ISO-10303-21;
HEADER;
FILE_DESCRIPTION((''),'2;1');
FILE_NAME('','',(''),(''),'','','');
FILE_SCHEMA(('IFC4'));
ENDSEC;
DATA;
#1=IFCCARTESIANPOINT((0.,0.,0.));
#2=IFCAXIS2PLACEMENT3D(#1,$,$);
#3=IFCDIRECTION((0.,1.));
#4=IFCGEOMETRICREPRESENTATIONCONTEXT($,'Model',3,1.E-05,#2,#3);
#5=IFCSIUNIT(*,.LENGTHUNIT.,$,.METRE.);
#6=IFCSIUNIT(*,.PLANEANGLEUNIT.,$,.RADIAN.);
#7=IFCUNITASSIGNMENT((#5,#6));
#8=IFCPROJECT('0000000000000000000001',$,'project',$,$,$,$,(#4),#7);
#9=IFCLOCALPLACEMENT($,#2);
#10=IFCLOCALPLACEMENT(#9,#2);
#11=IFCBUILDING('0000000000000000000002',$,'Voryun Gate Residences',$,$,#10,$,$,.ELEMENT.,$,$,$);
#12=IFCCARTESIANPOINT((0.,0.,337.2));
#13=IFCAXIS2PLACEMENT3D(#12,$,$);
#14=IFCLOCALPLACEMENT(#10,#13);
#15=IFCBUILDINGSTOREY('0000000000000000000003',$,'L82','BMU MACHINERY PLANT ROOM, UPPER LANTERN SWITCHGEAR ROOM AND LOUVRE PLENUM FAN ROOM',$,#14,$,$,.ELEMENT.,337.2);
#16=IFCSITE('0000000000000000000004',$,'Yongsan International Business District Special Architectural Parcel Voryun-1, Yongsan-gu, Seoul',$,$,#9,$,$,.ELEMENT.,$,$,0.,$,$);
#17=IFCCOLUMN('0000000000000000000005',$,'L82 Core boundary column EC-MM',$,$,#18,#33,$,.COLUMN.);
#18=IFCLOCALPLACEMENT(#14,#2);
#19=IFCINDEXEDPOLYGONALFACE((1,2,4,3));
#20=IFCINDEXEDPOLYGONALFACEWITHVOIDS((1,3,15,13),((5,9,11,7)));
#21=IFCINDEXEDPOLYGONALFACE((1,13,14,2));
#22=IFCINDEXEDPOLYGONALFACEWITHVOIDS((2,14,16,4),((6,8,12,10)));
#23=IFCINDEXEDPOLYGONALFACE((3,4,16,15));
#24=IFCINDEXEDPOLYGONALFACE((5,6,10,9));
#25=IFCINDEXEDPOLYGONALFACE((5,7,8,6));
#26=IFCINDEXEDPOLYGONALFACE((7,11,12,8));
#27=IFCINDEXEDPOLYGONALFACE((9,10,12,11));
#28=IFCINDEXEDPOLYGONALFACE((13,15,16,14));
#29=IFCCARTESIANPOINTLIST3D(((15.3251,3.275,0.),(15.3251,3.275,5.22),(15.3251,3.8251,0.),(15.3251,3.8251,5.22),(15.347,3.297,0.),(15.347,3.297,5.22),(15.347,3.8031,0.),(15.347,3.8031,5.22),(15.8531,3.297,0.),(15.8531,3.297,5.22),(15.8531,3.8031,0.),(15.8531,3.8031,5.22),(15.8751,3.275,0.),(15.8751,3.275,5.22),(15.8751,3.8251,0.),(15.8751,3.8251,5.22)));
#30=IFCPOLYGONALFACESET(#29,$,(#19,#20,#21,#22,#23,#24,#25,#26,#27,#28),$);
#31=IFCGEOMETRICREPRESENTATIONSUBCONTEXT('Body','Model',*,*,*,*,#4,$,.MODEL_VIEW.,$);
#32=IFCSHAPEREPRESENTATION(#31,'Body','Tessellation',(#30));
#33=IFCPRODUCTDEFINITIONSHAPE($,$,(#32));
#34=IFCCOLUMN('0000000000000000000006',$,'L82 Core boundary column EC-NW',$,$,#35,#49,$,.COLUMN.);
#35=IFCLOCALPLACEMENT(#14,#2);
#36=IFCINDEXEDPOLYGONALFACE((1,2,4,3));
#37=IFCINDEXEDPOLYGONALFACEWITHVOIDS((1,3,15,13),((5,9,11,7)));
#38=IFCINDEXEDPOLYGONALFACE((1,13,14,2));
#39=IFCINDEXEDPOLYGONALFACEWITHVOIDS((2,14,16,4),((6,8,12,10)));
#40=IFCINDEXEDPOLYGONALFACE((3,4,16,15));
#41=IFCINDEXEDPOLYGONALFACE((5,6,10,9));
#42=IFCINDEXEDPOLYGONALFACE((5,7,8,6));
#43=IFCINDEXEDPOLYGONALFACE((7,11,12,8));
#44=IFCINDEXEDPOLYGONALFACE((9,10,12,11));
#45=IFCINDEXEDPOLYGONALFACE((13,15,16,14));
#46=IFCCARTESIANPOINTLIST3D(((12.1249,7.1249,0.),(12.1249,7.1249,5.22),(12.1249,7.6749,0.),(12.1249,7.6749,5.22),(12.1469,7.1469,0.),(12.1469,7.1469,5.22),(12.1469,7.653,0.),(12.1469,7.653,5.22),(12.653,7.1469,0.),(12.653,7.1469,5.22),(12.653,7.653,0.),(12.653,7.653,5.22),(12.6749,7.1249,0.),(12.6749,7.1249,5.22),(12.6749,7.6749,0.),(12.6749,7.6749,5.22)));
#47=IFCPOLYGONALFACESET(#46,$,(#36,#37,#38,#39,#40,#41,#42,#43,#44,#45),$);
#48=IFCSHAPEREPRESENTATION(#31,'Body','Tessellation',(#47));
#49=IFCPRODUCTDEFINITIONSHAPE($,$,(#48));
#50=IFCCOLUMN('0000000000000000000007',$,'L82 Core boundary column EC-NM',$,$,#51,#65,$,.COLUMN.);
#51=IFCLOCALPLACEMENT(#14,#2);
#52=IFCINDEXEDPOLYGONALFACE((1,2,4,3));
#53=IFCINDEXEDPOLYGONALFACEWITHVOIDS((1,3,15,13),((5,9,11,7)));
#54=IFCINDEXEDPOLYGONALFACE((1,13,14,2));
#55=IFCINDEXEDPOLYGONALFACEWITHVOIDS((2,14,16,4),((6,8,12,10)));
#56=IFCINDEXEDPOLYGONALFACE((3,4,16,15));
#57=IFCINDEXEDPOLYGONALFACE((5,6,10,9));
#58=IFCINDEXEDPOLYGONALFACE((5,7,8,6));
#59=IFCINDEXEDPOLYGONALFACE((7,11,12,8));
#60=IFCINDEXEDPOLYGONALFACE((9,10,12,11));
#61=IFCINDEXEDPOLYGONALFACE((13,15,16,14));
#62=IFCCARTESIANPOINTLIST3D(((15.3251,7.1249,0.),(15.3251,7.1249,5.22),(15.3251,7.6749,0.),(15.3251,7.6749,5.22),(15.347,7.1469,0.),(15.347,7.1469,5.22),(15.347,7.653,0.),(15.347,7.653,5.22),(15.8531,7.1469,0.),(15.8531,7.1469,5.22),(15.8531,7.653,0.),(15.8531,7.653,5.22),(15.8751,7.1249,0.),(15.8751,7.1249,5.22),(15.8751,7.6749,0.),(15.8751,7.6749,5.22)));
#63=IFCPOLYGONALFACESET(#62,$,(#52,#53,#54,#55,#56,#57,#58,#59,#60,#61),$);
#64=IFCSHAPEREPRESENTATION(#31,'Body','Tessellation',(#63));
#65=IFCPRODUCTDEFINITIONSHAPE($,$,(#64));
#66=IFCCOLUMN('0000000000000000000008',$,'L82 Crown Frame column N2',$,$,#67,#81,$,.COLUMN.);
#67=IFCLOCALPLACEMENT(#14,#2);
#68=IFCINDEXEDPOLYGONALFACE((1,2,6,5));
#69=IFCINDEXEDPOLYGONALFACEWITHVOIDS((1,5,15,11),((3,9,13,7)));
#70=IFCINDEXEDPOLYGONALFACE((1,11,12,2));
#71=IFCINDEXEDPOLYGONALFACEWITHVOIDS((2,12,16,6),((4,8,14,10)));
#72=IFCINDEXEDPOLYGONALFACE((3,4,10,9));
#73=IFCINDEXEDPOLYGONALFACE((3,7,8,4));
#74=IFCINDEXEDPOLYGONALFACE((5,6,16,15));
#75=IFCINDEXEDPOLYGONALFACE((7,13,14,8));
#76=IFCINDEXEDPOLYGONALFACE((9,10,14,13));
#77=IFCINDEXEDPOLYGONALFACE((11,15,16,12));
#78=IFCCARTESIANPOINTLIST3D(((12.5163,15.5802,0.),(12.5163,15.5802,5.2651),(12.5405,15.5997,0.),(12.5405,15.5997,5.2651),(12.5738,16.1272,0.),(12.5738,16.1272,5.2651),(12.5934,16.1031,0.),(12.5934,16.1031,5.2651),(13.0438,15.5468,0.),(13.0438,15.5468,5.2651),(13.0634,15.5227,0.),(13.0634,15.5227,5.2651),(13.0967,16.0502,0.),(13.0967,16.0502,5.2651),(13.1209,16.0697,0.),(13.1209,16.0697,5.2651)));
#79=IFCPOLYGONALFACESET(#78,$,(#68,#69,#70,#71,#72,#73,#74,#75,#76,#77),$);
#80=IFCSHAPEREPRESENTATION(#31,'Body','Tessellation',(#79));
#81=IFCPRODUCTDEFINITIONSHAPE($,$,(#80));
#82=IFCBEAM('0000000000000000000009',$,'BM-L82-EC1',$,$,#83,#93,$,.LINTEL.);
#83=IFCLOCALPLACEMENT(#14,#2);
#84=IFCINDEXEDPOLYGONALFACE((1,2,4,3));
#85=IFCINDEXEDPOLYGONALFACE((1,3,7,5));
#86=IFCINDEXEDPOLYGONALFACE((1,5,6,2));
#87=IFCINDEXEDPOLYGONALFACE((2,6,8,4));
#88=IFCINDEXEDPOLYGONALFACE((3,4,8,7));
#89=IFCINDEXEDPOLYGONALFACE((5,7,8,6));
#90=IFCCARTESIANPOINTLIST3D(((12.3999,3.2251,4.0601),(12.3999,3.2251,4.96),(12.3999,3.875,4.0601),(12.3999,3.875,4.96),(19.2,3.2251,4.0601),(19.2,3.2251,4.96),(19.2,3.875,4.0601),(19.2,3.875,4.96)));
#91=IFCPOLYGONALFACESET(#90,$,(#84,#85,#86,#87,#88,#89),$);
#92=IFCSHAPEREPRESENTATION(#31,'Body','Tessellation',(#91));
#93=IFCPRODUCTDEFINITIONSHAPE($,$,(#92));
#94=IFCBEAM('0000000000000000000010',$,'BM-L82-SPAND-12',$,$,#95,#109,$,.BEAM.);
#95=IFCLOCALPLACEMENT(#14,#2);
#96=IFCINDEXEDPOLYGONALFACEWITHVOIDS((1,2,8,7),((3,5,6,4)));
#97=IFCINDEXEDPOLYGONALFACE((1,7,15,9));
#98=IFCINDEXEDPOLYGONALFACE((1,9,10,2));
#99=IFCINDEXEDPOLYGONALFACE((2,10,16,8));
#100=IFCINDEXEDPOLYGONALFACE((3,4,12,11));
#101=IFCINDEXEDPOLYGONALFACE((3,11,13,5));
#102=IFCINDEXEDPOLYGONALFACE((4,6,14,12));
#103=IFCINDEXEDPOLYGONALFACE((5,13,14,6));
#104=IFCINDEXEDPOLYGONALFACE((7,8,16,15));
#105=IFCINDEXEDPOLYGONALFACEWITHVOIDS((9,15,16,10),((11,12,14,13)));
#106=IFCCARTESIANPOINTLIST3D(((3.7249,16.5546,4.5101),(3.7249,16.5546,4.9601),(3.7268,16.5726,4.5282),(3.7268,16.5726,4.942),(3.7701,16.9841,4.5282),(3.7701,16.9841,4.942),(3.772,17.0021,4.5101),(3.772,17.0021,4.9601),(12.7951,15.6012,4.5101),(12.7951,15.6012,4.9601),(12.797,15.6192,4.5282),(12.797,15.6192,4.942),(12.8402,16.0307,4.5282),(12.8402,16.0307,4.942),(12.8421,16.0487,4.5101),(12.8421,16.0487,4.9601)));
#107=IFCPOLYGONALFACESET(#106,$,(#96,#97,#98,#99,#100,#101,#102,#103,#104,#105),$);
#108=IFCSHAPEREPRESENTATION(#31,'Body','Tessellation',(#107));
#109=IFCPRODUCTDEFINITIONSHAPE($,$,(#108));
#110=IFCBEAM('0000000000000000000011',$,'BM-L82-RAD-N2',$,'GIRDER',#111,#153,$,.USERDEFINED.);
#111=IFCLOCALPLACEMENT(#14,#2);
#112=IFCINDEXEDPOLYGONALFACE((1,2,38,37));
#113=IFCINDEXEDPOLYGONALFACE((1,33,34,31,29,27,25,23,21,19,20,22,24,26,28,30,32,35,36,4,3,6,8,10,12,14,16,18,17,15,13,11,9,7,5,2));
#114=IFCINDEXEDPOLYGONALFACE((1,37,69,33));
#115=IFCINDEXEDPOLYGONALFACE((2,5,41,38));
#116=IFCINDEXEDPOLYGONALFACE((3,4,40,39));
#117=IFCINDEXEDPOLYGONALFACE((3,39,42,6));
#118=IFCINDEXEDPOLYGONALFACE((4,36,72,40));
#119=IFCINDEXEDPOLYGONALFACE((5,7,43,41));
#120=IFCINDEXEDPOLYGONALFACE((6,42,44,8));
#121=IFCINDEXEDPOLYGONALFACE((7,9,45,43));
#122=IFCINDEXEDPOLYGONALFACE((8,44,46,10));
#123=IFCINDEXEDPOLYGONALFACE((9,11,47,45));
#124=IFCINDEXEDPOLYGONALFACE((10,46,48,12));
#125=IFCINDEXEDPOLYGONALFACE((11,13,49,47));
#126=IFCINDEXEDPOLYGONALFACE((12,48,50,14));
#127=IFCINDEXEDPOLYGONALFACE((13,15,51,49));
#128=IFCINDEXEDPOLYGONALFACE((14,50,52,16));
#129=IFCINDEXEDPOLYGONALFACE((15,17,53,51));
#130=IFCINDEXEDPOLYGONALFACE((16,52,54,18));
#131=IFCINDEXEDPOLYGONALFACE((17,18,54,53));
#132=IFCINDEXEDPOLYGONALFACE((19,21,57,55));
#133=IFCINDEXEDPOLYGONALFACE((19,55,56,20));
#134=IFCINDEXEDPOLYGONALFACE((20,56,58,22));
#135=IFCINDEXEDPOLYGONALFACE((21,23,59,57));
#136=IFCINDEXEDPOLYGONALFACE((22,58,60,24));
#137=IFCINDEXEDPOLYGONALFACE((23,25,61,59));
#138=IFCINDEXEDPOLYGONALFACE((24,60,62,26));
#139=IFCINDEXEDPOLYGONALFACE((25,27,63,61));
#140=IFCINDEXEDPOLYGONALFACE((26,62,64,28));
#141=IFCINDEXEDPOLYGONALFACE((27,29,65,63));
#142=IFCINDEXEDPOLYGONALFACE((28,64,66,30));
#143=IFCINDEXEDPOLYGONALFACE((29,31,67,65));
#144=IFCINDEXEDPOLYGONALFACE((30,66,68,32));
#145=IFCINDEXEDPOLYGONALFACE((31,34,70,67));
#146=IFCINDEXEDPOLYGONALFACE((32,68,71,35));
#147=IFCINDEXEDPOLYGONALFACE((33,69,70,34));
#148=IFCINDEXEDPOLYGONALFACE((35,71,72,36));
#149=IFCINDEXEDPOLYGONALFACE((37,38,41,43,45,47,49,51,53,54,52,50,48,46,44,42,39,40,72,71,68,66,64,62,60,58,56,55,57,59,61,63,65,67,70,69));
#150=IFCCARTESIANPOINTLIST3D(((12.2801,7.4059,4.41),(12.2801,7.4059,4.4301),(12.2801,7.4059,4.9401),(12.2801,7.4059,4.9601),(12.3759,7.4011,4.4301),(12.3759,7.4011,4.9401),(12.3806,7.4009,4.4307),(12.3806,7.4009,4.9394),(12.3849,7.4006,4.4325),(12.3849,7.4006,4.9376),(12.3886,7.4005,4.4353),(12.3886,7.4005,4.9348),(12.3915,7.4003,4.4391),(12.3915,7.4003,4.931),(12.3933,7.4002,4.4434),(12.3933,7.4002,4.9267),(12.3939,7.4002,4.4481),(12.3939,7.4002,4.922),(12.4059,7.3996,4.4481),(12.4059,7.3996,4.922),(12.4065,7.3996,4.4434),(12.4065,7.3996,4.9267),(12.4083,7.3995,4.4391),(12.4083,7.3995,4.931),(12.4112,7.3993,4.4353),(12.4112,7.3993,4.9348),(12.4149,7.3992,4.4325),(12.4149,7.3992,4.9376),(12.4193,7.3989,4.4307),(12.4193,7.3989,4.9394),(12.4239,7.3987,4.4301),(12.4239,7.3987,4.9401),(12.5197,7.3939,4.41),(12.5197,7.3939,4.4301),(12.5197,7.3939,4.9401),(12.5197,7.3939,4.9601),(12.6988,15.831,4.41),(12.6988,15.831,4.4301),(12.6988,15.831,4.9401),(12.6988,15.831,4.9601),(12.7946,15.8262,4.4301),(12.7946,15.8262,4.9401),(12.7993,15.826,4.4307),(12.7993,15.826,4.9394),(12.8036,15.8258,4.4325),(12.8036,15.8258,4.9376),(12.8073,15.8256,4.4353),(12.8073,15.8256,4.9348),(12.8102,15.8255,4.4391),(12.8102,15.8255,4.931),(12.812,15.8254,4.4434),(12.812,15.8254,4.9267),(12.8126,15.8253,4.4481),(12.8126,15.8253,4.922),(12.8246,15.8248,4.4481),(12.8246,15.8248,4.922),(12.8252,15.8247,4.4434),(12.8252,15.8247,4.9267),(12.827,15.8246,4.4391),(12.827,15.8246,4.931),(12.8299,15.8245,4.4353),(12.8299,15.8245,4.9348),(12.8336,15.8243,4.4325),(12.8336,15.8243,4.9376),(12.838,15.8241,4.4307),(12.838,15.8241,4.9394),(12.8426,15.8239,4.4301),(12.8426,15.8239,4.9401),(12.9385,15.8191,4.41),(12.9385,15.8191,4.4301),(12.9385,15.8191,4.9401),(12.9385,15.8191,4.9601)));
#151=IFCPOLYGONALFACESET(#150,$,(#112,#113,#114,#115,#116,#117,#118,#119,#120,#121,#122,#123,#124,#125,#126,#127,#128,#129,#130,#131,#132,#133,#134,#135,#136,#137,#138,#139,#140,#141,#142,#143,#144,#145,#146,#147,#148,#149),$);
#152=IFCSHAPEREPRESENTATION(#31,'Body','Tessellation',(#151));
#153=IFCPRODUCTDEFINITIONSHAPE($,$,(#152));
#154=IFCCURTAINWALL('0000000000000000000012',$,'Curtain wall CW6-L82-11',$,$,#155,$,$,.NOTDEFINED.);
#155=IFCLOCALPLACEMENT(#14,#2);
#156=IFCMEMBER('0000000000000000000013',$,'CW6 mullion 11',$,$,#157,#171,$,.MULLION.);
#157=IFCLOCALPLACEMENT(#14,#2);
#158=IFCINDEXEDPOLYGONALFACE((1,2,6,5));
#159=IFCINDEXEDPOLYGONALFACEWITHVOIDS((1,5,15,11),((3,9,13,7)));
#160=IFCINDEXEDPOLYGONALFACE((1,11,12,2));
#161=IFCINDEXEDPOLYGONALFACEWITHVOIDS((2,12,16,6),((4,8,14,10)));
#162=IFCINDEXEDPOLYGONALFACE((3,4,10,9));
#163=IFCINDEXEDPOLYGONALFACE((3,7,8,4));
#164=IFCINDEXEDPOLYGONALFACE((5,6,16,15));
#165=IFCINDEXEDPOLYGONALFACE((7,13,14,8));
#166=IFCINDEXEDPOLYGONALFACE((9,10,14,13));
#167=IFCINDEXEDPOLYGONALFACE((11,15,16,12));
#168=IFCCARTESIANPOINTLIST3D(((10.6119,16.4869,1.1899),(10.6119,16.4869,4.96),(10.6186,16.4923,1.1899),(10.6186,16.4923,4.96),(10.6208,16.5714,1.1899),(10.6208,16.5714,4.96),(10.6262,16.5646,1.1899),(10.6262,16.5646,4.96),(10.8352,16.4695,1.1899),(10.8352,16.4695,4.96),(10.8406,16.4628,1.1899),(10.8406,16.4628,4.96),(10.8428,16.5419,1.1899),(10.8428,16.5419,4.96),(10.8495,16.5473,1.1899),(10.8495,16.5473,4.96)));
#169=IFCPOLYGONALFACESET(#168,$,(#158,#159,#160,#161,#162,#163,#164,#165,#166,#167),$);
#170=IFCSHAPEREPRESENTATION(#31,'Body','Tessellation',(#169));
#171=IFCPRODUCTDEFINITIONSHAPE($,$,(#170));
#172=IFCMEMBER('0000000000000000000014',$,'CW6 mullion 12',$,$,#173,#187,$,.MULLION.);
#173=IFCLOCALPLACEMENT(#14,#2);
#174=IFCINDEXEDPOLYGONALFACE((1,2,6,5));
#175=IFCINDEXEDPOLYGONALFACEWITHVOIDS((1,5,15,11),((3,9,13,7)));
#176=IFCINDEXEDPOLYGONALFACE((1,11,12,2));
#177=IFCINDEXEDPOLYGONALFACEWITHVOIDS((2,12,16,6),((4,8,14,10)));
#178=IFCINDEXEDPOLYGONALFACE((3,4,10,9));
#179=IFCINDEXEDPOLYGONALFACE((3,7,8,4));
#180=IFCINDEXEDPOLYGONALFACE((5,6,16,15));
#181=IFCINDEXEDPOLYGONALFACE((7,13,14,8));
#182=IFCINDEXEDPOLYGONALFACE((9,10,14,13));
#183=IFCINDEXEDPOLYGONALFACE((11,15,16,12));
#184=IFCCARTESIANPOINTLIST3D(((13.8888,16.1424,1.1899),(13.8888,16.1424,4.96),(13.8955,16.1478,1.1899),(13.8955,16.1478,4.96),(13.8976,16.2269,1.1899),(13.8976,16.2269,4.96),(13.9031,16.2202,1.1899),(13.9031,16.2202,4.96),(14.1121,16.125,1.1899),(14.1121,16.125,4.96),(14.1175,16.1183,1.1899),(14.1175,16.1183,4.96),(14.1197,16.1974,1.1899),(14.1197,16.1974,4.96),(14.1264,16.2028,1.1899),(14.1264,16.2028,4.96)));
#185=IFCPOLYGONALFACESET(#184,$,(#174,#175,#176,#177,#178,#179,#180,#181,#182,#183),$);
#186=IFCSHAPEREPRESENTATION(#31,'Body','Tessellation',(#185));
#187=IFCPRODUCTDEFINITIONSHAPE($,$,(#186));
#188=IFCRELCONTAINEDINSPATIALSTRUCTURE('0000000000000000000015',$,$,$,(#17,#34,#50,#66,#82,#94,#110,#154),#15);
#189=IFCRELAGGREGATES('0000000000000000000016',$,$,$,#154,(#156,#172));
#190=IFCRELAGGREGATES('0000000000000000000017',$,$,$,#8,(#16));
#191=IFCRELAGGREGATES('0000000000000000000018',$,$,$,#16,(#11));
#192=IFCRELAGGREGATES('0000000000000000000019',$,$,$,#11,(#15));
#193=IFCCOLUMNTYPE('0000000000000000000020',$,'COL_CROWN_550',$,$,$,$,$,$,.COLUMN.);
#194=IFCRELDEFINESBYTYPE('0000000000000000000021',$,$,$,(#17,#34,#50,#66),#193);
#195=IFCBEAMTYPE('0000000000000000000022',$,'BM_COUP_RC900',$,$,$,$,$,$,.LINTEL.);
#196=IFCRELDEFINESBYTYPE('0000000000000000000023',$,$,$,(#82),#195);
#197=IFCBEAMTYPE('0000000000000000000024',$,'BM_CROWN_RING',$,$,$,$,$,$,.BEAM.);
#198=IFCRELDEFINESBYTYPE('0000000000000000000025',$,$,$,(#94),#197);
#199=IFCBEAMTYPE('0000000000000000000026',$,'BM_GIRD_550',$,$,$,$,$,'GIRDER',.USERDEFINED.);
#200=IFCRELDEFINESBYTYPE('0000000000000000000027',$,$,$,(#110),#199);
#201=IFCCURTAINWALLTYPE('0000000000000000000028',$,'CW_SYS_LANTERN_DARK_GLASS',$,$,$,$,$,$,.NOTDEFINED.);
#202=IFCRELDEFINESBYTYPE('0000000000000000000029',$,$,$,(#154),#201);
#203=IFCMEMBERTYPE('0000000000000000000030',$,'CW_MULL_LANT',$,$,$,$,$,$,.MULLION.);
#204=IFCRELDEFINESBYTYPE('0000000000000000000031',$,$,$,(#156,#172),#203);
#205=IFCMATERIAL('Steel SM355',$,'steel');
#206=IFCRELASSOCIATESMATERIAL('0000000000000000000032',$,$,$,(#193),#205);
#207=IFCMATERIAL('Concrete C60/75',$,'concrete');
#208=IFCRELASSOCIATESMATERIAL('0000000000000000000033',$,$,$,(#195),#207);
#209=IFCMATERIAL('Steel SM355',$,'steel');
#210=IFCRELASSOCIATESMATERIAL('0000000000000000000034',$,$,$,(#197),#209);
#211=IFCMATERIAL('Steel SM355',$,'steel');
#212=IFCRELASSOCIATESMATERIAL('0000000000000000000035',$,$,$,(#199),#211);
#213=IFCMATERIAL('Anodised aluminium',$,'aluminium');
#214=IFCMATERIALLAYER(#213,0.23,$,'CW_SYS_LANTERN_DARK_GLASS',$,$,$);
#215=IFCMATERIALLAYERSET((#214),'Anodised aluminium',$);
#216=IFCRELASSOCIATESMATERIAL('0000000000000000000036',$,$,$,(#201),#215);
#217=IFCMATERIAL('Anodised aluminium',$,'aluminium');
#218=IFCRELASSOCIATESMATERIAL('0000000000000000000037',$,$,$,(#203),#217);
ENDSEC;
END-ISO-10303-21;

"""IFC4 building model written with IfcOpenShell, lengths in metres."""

from ifc_helpers import new_model, si_unit, direction, frame, origin, origin_2d, place, context, subcontext, project, spatial, rectangle, hollow_rectangle, i_section, extrude, material, layer, layer_set, material_profile, profile_set, type_object, element, aggregate, save


model = new_model("IFC4")

# Units and contexts
model_context = context("Model", 3, precision=1e-05, world=origin(), true_north=direction((0.0, 1.0)))
body_context = subcontext(model_context, "Body", "Model", "MODEL_VIEW")
ifc_project = project(units=[si_unit("LENGTHUNIT", "METRE"), si_unit("PLANEANGLEUNIT", "RADIAN")], contexts=[model_context])

# Site, building, storey
site_placement = place(None, origin())
site = spatial("IfcSite", under=ifc_project, at=site_placement, Name="Yongsan International Business District Special Architectural Parcel Voryun-1, Yongsan-gu, Seoul", CompositionType="ELEMENT", RefElevation=0.0)
building_placement = place(site_placement, origin())
building = spatial("IfcBuilding", under=site, at=building_placement, Name="Voryun Gate Residences", CompositionType="ELEMENT")
storey_placement = place(building_placement, frame((0.0, 0.0, 337.2)))
storey = spatial("IfcBuildingStorey", under=building, at=storey_placement, Name="L82", Description="BMU MACHINERY PLANT ROOM, UPPER LANTERN SWITCHGEAR ROOM AND LOUVRE PLENUM FAN ROOM", CompositionType="ELEMENT", Elevation=337.2)

# Columns
ifc_material_1 = material(Name="Steel SM355", Category="steel")
ifc_material_profile_1 = material_profile(ifc_material_1, hollow_rectangle(XDim=0.55, YDim=0.55, WallThickness=0.022, at=origin_2d()), Name="BOX-550x550x22")
ifc_profile_set_1 = profile_set([ifc_material_profile_1], Name="Steel SM355")
column_type = type_object("IfcColumnType", Name="COL_CROWN_550", PredefinedType="COLUMN", material=ifc_profile_set_1)
for number, where, z_axis, x_axis, name in (
    (1, (15.6001, 3.55, 0.0), (0.0, 0.0, 1.0), (1.0, 0.0, 0.0), "L82 Core boundary column EC-MM"),
    (2, (12.3999, 7.3999, 0.0), (0.0, 0.0, 1.0), (1.0, 0.0, 0.0), "L82 Core boundary column EC-NW"),
    (3, (15.6001, 7.3999, 0.0), (0.0, 0.0, 1.0), (1.0, 0.0, 0.0), "L82 Core boundary column EC-NM"),
):
    element("IfcColumn", number, at=place(storey_placement, frame(where, z_axis=z_axis, x_axis=x_axis)), inside=storey, type_object=column_type, Name=name, PredefinedType="COLUMN", context=body_context, shape_type="SweptSolid", body=[
        extrude(hollow_rectangle(XDim=0.55, YDim=0.55, WallThickness=0.022, at=origin_2d()), origin(), (0.0, 0.0, 1.0), 5.22),
    ])
column_placement = place(storey_placement, frame((12.8186, 15.825, 0.0), z_axis=(0.0, 0.0, 1.0), x_axis=(0.994522, -0.104528, 0.0)))
element("IfcColumn", 4, at=column_placement, inside=storey, type_object=column_type, Name="L82 Crown Frame column N2", PredefinedType="COLUMN", context=body_context, shape_type="SweptSolid", body=[
    extrude(hollow_rectangle(XDim=0.55, YDim=0.55, WallThickness=0.022, at=origin_2d()), origin(), (0.0, 0.0, 1.0), 5.2651),
])

# Beams
ifc_material_2 = material(Name="Concrete C60/75", Category="concrete")
ifc_material_profile_2 = material_profile(ifc_material_2, rectangle(XDim=0.6499, YDim=0.8999, at=origin_2d()), Name="RC-650x900")
ifc_profile_set_2 = profile_set([ifc_material_profile_2], Name="Concrete C60/75")
beam_type_1 = type_object("IfcBeamType", Name="BM_COUP_RC900", PredefinedType="LINTEL", material=ifc_profile_set_2)
beam_1_placement = place(storey_placement, frame((12.3999, 3.55, 4.51), z_axis=(1.0, 0.0, 0.0), x_axis=(0.0, 1.0, 0.0)))
element("IfcBeam", 5, at=beam_1_placement, inside=storey, type_object=beam_type_1, Name="BM-L82-EC1", PredefinedType="LINTEL", context=body_context, shape_type="SweptSolid", body=[
    extrude(rectangle(XDim=0.6499, YDim=0.8999, at=origin_2d()), origin(), (0.0, 0.0, 1.0), 6.8),
])
ifc_material_3 = material(Name="Steel SM355", Category="steel")
ifc_material_profile_3 = material_profile(ifc_material_3, hollow_rectangle(XDim=0.45, YDim=0.45, WallThickness=0.0181, at=origin_2d()), Name="BOX-450x450x18")
ifc_profile_set_3 = profile_set([ifc_material_profile_3], Name="Steel SM355")
beam_type_2 = type_object("IfcBeamType", Name="BM_CROWN_RING", PredefinedType="BEAM", material=ifc_profile_set_3)
beam_2_placement = place(storey_placement, frame((12.8186, 15.825, 4.7351), z_axis=(-0.994521, 0.104536, 0.0), x_axis=(-0.104536, -0.994521, 0.0)))
element("IfcBeam", 6, at=beam_2_placement, inside=storey, type_object=beam_type_2, Name="BM-L82-SPAND-12", PredefinedType="BEAM", context=body_context, shape_type="SweptSolid", body=[
    extrude(hollow_rectangle(XDim=0.45, YDim=0.45, WallThickness=0.0181, at=origin_2d()), origin(), (0.0, 0.0, 1.0), 9.1201),
])
ifc_material_4 = material(Name="Steel SM355", Category="steel")
ifc_material_profile_4 = material_profile(ifc_material_4, i_section(OverallWidth=0.24, OverallDepth=0.55, WebThickness=0.012, FlangeThickness=0.02, FilletRadius=0.0181, at=origin_2d()), Name="H-550x240x12x20")
ifc_profile_set_4 = profile_set([ifc_material_profile_4], Name="Steel SM355")
beam_type_3 = type_object("IfcBeamType", Name="BM_GIRD_550", ElementType="GIRDER", PredefinedType="USERDEFINED", material=ifc_profile_set_4)
beam_3_placement = place(storey_placement, frame((12.3999, 7.3999, 4.6851), z_axis=(0.049636, 0.998767, 0.0), x_axis=(-0.998767, 0.049636, 0.0)))
element("IfcBeam", 7, at=beam_3_placement, inside=storey, type_object=beam_type_3, Name="BM-L82-RAD-N2", ObjectType="GIRDER", PredefinedType="USERDEFINED", context=body_context, shape_type="SweptSolid", body=[
    extrude(i_section(OverallWidth=0.24, OverallDepth=0.55, WebThickness=0.012, FlangeThickness=0.02, FilletRadius=0.0181, at=origin_2d()), origin(), (0.0, 0.0, 1.0), 8.4355),
])

# Curtain wall, members
ifc_material_5 = material(Name="Anodised aluminium", Category="aluminium")
ifc_layer_1 = layer(ifc_material_5, 0.23, Name="CW_SYS_LANTERN_DARK_GLASS")
ifc_layer_set_1 = layer_set([ifc_layer_1], Name="Anodised aluminium")
curtain_wall_type = type_object("IfcCurtainWallType", Name="CW_SYS_LANTERN_DARK_GLASS", PredefinedType="NOTDEFINED", material=ifc_layer_set_1)
curtain_wall_placement = place(storey_placement, origin())
curtain_wall = element("IfcCurtainWall", 8, at=curtain_wall_placement, inside=storey, type_object=curtain_wall_type, Name="Curtain wall CW6-L82-11", PredefinedType="NOTDEFINED")
ifc_material_6 = material(Name="Anodised aluminium", Category="aluminium")
ifc_material_profile_5 = material_profile(ifc_material_6, hollow_rectangle(XDim=0.085, YDim=0.23, WallThickness=0.0061, at=origin_2d()), Name="ALU-MULL-230x85x6")
ifc_profile_set_5 = profile_set([ifc_material_profile_5], Name="Anodised aluminium")
member_type_1 = type_object("IfcMemberType", Name="CW_MULL_LANT", PredefinedType="MULLION", material=ifc_profile_set_5)
member_1_placement = place(storey_placement, frame((10.7307, 16.5171, 1.1899), z_axis=(0.0, 0.0, 1.0), x_axis=(0.104528, 0.994522, 0.0)))
member_1 = element("IfcMember", 9, at=member_1_placement, type_object=member_type_1, Name="CW6 mullion 11", PredefinedType="MULLION", context=body_context, shape_type="SweptSolid", body=[
    extrude(hollow_rectangle(XDim=0.085, YDim=0.23, WallThickness=0.0061, at=origin_2d()), origin(), (0.0, 0.0, 1.0), 3.77),
])
member_2_placement = place(storey_placement, frame((14.0076, 16.1726, 1.1899), z_axis=(0.0, 0.0, 1.0), x_axis=(0.104528, 0.994522, 0.0)))
member_2 = element("IfcMember", 10, at=member_2_placement, type_object=member_type_1, Name="CW6 mullion 12", PredefinedType="MULLION", context=body_context, shape_type="SweptSolid", body=[
    extrude(hollow_rectangle(XDim=0.085, YDim=0.23, WallThickness=0.0061, at=origin_2d()), origin(), (0.0, 0.0, 1.0), 3.77),
])

aggregate(curtain_wall, [member_1, member_2])

save(model, "model.ifc")
